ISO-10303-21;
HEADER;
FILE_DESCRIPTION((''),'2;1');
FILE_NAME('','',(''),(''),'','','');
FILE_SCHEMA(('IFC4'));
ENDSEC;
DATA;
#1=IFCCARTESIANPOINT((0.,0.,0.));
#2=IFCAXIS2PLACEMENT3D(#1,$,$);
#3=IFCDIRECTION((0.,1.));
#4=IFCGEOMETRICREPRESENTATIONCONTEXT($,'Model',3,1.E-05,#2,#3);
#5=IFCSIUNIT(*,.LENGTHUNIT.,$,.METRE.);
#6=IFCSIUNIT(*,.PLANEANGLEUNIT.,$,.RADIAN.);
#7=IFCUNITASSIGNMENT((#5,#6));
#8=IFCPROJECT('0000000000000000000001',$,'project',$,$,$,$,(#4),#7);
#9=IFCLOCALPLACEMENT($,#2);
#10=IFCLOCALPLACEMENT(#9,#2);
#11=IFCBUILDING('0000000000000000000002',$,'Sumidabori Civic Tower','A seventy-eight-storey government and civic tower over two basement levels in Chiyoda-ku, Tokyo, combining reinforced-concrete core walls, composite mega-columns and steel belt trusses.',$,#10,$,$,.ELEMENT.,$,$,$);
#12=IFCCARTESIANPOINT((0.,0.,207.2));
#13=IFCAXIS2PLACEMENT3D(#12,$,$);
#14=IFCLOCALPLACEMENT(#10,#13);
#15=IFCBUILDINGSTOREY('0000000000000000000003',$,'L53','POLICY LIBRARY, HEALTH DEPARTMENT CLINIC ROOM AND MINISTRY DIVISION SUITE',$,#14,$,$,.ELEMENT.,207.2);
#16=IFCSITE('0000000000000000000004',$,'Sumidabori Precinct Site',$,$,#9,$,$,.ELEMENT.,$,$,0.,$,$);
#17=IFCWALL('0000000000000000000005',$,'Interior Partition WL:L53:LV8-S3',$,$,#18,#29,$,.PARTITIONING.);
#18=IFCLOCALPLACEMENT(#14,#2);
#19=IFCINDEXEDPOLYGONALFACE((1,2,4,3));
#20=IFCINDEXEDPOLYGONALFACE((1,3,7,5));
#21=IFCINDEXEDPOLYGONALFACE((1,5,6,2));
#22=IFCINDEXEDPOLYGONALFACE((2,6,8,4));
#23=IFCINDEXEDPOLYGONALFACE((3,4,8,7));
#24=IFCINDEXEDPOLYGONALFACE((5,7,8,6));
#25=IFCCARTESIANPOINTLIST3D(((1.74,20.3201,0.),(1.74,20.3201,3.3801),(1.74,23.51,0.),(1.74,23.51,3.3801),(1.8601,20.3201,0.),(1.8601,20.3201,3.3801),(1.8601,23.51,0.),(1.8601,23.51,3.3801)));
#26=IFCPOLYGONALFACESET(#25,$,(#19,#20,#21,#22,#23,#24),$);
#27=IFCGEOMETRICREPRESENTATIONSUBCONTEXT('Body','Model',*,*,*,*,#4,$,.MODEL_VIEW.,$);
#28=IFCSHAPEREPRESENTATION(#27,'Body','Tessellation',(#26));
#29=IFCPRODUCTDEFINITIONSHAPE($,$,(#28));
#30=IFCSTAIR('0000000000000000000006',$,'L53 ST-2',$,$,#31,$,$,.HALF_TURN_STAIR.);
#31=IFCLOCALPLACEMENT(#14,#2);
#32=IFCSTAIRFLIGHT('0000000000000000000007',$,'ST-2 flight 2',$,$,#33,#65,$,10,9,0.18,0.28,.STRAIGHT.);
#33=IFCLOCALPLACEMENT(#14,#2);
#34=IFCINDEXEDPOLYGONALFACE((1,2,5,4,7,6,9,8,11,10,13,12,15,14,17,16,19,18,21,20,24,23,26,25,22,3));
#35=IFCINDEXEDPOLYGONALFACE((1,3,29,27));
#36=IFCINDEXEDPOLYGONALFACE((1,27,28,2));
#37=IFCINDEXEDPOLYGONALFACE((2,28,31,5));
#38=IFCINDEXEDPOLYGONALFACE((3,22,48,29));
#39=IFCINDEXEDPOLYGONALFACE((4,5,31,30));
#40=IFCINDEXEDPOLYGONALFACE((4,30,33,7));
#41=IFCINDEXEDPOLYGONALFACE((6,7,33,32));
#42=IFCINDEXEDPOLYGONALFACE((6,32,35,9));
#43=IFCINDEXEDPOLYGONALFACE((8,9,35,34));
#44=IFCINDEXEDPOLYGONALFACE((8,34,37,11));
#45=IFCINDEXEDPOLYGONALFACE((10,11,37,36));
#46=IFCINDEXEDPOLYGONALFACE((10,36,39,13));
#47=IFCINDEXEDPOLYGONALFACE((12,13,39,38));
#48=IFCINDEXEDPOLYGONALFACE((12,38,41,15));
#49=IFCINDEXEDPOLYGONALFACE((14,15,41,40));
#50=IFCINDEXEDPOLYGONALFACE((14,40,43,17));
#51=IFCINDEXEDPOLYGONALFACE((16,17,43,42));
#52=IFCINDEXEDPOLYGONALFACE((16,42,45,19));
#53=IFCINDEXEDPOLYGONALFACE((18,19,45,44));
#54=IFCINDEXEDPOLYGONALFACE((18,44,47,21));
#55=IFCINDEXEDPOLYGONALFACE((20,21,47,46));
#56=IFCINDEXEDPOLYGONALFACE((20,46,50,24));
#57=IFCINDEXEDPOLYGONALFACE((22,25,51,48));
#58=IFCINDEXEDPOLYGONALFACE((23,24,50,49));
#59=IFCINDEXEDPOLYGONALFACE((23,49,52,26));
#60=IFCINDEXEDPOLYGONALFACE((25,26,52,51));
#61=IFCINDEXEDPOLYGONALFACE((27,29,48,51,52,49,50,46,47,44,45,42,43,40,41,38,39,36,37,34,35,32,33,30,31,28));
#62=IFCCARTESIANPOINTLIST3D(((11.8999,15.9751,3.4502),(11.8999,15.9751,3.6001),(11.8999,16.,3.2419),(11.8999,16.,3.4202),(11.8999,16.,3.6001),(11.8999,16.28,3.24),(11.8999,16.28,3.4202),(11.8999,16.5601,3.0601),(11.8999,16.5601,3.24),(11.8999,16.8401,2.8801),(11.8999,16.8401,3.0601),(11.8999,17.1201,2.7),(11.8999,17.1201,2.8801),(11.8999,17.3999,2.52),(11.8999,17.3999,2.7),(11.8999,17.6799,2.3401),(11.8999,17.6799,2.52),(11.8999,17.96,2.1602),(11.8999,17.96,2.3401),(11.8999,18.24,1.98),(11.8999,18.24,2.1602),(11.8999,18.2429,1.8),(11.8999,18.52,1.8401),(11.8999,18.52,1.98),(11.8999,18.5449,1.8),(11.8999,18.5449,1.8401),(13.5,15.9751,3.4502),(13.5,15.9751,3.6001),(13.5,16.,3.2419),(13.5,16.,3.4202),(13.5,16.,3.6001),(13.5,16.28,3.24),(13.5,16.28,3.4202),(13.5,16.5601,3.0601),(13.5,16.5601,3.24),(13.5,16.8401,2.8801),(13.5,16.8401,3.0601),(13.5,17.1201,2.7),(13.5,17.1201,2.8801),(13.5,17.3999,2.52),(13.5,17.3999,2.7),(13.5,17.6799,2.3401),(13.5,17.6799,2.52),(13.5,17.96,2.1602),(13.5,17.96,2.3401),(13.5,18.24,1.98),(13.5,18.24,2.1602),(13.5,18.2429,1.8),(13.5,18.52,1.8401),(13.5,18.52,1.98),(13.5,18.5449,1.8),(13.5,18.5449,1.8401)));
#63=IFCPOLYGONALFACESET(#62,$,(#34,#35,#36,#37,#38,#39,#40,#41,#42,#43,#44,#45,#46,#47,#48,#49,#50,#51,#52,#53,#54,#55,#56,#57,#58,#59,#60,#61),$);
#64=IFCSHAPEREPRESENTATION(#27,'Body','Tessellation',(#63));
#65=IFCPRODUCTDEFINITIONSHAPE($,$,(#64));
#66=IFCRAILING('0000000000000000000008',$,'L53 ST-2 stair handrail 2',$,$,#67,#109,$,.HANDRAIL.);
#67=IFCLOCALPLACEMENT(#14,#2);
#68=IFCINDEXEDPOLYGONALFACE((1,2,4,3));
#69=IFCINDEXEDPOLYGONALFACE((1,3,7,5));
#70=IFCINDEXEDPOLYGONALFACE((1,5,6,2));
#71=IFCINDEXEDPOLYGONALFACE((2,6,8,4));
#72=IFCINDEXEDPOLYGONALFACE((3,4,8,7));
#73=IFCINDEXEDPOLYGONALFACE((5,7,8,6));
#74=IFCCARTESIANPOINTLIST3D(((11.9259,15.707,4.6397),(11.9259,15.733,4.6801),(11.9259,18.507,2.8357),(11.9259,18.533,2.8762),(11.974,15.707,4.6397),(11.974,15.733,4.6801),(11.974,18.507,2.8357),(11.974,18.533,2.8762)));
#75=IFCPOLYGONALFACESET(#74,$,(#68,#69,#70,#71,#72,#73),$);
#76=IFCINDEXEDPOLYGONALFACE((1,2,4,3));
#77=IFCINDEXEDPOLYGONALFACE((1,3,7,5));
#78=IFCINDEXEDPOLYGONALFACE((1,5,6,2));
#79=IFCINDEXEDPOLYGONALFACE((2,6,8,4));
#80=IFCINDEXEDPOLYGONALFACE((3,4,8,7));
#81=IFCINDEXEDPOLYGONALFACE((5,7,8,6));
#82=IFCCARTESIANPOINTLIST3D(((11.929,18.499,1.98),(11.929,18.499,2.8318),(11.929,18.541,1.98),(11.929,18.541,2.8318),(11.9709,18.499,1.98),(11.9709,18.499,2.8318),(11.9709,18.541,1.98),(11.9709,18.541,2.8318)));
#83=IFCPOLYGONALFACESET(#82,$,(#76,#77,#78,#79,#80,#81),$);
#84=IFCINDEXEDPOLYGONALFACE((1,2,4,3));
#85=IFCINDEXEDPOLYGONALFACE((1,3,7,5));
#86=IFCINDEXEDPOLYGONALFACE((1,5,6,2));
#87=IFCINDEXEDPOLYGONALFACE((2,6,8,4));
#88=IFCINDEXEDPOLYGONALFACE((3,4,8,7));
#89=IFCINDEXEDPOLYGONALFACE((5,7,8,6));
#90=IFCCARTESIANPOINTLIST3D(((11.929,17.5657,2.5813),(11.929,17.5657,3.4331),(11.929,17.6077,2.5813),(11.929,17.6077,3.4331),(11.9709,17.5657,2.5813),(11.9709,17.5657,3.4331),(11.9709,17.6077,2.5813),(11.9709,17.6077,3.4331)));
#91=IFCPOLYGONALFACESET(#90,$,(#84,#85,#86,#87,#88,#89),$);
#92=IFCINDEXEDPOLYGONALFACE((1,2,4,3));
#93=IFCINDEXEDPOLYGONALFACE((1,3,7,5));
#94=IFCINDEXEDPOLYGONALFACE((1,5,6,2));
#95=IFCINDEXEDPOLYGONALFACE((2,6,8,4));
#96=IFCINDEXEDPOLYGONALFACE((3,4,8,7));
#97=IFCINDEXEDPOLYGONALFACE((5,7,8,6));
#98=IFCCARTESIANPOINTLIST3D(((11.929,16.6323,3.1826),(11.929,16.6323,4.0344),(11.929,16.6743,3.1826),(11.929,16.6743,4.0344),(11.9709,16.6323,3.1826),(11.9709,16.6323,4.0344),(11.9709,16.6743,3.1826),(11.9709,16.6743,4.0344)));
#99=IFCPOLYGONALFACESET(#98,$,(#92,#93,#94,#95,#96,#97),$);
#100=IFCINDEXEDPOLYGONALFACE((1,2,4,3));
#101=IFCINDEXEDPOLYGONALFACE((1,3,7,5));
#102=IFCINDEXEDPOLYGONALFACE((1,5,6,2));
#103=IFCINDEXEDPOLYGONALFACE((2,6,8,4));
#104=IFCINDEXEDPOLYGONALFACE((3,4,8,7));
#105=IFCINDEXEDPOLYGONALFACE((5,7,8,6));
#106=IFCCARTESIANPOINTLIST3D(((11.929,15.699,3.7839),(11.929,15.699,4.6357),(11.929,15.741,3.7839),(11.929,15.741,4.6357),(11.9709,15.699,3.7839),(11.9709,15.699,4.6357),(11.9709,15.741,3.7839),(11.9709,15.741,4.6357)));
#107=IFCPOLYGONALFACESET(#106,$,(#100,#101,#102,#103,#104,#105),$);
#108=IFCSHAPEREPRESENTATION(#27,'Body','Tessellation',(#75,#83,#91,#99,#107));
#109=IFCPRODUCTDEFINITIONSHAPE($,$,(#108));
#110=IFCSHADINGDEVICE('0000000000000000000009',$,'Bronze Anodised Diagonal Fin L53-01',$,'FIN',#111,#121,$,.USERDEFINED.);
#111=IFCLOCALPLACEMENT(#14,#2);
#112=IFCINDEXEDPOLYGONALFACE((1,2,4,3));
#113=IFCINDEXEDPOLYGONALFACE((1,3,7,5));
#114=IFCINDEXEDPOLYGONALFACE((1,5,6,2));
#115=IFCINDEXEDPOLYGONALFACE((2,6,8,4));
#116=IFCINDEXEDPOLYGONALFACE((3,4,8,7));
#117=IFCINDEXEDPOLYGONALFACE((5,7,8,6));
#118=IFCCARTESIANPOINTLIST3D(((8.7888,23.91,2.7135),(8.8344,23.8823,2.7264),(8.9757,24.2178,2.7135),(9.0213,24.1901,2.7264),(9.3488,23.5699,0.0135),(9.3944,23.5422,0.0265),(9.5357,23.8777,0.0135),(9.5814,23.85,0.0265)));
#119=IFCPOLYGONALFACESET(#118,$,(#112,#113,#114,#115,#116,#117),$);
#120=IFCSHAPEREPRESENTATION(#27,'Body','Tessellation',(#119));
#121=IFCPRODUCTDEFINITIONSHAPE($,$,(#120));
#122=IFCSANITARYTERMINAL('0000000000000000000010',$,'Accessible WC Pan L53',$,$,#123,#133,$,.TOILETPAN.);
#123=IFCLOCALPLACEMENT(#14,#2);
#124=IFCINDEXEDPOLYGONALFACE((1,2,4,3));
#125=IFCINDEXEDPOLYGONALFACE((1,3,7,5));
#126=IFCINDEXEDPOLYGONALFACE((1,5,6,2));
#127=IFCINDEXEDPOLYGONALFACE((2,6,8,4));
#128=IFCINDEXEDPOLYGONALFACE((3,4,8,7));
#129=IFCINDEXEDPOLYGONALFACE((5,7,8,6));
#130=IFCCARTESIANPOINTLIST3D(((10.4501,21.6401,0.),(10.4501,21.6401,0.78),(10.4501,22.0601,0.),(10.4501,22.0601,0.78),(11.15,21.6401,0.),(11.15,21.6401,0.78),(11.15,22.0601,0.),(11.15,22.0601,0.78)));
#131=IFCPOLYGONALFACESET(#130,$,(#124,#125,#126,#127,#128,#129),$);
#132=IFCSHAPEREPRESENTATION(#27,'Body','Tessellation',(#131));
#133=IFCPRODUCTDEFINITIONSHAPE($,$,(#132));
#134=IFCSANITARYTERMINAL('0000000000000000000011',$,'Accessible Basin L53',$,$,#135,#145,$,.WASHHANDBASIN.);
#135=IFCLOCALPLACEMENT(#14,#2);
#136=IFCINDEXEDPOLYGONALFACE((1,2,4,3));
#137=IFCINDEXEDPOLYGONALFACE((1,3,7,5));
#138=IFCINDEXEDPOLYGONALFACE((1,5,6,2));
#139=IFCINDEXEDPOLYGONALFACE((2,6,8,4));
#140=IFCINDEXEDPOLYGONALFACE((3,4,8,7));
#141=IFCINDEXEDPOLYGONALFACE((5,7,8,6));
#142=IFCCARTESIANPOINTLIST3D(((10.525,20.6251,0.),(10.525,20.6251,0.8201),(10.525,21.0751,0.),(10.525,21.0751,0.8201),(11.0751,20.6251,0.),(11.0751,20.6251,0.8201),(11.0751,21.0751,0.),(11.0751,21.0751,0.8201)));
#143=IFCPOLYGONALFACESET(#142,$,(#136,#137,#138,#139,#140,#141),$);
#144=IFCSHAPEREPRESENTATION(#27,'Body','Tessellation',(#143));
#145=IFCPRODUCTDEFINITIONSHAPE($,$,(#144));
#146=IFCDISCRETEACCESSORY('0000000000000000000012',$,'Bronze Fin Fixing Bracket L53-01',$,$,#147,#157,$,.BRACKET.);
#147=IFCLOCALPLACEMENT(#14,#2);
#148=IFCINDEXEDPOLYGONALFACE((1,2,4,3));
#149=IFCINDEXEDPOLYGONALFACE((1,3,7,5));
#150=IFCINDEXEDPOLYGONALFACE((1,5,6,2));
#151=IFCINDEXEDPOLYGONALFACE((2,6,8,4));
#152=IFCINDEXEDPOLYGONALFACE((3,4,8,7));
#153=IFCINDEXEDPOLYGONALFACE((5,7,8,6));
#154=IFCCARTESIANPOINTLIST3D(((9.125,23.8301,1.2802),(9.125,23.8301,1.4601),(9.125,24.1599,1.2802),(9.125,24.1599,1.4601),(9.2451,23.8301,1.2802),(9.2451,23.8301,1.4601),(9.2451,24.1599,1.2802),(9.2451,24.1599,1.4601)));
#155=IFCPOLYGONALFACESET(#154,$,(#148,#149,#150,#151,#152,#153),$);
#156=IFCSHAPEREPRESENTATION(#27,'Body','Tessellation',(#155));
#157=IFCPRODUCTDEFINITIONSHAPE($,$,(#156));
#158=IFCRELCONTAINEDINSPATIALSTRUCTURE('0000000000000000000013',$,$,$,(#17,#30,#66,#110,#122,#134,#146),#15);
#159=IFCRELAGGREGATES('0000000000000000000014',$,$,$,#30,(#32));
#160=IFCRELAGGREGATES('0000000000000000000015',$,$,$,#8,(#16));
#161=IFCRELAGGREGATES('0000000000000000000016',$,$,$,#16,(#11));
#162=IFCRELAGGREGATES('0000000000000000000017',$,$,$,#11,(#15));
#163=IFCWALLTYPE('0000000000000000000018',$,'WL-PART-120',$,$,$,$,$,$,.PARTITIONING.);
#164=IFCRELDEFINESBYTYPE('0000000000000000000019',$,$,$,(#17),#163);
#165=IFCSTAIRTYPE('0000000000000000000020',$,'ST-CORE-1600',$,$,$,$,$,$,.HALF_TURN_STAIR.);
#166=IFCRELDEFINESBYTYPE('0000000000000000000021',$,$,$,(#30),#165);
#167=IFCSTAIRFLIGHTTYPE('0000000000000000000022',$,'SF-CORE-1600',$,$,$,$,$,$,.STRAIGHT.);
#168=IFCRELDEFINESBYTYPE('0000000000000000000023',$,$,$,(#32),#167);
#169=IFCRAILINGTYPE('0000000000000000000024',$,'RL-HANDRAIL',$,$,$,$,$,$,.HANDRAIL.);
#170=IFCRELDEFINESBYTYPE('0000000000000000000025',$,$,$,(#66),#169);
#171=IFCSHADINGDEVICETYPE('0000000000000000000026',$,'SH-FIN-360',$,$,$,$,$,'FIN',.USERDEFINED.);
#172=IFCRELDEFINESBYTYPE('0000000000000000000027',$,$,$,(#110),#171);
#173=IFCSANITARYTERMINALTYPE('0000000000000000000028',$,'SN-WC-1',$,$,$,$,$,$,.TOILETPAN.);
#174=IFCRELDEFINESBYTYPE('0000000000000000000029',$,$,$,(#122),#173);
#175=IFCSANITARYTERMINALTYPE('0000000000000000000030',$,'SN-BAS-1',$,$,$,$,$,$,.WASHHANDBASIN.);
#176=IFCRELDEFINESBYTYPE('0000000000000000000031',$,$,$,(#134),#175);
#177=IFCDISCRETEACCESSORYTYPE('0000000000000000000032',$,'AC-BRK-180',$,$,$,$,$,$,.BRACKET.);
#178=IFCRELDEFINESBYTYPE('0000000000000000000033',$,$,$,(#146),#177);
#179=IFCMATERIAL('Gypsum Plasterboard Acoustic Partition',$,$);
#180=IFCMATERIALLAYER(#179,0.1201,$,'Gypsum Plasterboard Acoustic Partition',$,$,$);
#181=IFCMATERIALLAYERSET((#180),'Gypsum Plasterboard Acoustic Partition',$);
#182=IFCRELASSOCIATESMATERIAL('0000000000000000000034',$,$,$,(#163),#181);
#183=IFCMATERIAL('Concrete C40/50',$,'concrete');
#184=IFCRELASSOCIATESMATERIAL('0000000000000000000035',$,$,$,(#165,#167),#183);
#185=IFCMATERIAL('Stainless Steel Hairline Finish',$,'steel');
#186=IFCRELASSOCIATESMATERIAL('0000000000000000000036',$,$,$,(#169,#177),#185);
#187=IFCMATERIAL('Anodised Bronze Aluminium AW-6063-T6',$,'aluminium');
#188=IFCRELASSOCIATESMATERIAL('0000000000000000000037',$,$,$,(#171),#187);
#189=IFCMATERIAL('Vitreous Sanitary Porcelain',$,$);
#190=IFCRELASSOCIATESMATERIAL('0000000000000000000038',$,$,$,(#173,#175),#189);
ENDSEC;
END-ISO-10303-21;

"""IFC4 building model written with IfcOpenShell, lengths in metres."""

from ifc_helpers import new_model, si_unit, direction, frame, frame_2d, origin, origin_2d, place, context, subcontext, project, spatial, polyline, rectangle, outline, extrude, source, transform, mapped, material, layer, layer_set, material_profile, profile_set, type_object, element, aggregate, save


model = new_model("IFC4")

# Units and contexts
model_context = context("Model", 3, precision=1e-05, world=origin(), true_north=direction((0.0, 1.0)))
body_context = subcontext(model_context, "Body", "Model", "MODEL_VIEW")
ifc_project = project(units=[si_unit("LENGTHUNIT", "METRE"), si_unit("PLANEANGLEUNIT", "RADIAN")], contexts=[model_context])

# Site, building, storey
site_placement = place(None, origin())
site = spatial("IfcSite", under=ifc_project, at=site_placement, Name="Sumidabori Precinct Site", CompositionType="ELEMENT", RefElevation=0.0)
building_placement = place(site_placement, origin())
building = spatial("IfcBuilding", under=site, at=building_placement, Name="Sumidabori Civic Tower", Description="A seventy-eight-storey government and civic tower over two basement levels in Chiyoda-ku, Tokyo, combining reinforced-concrete core walls, composite mega-columns and steel belt trusses.", CompositionType="ELEMENT")
storey_placement = place(building_placement, frame((0.0, 0.0, 207.2)))
storey = spatial("IfcBuildingStorey", under=building, at=storey_placement, Name="L53", Description="POLICY LIBRARY, HEALTH DEPARTMENT CLINIC ROOM AND MINISTRY DIVISION SUITE", CompositionType="ELEMENT", Elevation=207.2)

# Shared definitions
ifc_material_1 = material(Name="Anodised Bronze Aluminium AW-6063-T6", Category="aluminium")

# Wall
ifc_material_2 = material(Name="Gypsum Plasterboard Acoustic Partition")
ifc_layer_1 = layer(ifc_material_2, 0.1201, Name="Gypsum Plasterboard Acoustic Partition")
ifc_layer_set_1 = layer_set([ifc_layer_1], Name="Gypsum Plasterboard Acoustic Partition")
wall_type_1 = type_object("IfcWallType", Name="WL-PART-120", PredefinedType="PARTITIONING", material=ifc_layer_set_1)
shared_shape_1 = source(origin(), body_context, "Body", "SweptSolid", [
    extrude(rectangle(XDim=3.1899, YDim=0.1201, at=frame_2d((1.595, 0.0))), origin(), (0.0, 0.0, 1.0), 3.3801),
])
wall_1_placement = place(storey_placement, frame((1.8, 20.3201, 0.0), z_axis=(0.0, 0.0, 1.0), x_axis=(0.0, 1.0, 0.0)))
element("IfcWall", 1, at=wall_1_placement, inside=storey, type_object=wall_type_1, Name="Interior Partition WL:L53:LV8-S3", PredefinedType="PARTITIONING", context=body_context, shape_type="MappedRepresentation", body=[
    mapped(shared_shape_1, transform((0.0, 0.0, 0.0), x_axis=(1.0, 0.0, 0.0), y_axis=(0.0, 1.0, 0.0), z_axis=(0.0, 0.0, 1.0), scale=1.0)),
])

# Stair, stair flight
ifc_material_3 = material(Name="Concrete C40/50", Category="concrete")
stair_type = type_object("IfcStairType", Name="ST-CORE-1600", PredefinedType="HALF_TURN_STAIR", material=ifc_material_3)
stair_placement = place(storey_placement, origin())
stair = element("IfcStair", 2, at=stair_placement, inside=storey, type_object=stair_type, Name="L53 ST-2", PredefinedType="HALF_TURN_STAIR")
stair_flight_type = type_object("IfcStairFlightType", Name="SF-CORE-1600", PredefinedType="STRAIGHT", material=ifc_material_3)
shared_shape_2 = source(origin(), body_context, "Body", "SweptSolid", [
    extrude(outline(polyline([(-0.0249, 0.0), (-0.0249, 0.04), (0.0, 0.04), (0.0, 0.1799), (0.28, 0.1799), (0.28, 0.3601), (0.5601, 0.3601), (0.5601, 0.54), (0.8401, 0.54), (0.8401, 0.72), (1.1201, 0.72), (1.1201, 0.8999), (1.3999, 0.8999), (1.3999, 1.0801), (1.6799, 1.0801), (1.6799, 1.26), (1.96, 1.26), (1.96, 1.4399), (2.24, 1.4399), (2.24, 1.6201), (2.52, 1.6201), (2.52, 1.8), (2.5449, 1.8), (2.5449, 1.6501), (2.52, 1.4419), (0.2771, 0.0), (-0.0249, 0.0)])), frame((0.0, 0.8, 0.0), z_axis=(0.0, -1.0, 0.0), x_axis=(1.0, 0.0, 0.0)), (0.0, 0.0, 1.0), 1.6001),
])
stair_flight_placement = place(storey_placement, frame((12.7, 18.52, 1.8), z_axis=(0.0, 0.0, 1.0), x_axis=(0.0, -1.0, 0.0)))
stair_flight = element("IfcStairFlight", 3, at=stair_flight_placement, type_object=stair_flight_type, Name="ST-2 flight 2", NumberOfRisers=10, NumberOfTreads=9, PredefinedType="STRAIGHT", RiserHeight=0.18, TreadLength=0.28, context=body_context, shape_type="MappedRepresentation", body=[
    mapped(shared_shape_2, transform((0.0, 0.0, 0.0), x_axis=(1.0, 0.0, 0.0), y_axis=(0.0, 1.0, 0.0), z_axis=(0.0, 0.0, 1.0), scale=1.0)),
])
aggregate(stair, [stair_flight])

# Railing
ifc_material_4 = material(Name="Stainless Steel Hairline Finish", Category="steel")
railing_type = type_object("IfcRailingType", Name="RL-HANDRAIL", PredefinedType="HANDRAIL", material=ifc_material_4)
railing_placement = place(storey_placement, frame((11.95, 18.52, 1.98)))
element("IfcRailing", 4, at=railing_placement, inside=storey, type_object=railing_type, Name="L53 ST-2 stair handrail 2", PredefinedType="HANDRAIL", context=body_context, shape_type="SweptSolid", body=[
    extrude(rectangle(XDim=0.0481, YDim=0.0481, at=origin_2d()), frame((0.0, 0.0, 0.876), z_axis=(0.0, -0.840642, 0.541591), x_axis=(1.0, 0.0, 0.0)), (0.0, 0.0, 1.0), 3.3308),
    extrude(rectangle(XDim=0.042, YDim=0.042, at=origin_2d()), origin(), (0.0, 0.0, 1.0), 0.8518),
    extrude(rectangle(XDim=0.042, YDim=0.042, at=origin_2d()), frame((0.0, -0.9333, 0.6013)), (0.0, 0.0, 1.0), 0.8518),
    extrude(rectangle(XDim=0.042, YDim=0.042, at=origin_2d()), frame((0.0, -1.8667, 1.2026)), (0.0, 0.0, 1.0), 0.8518),
    extrude(rectangle(XDim=0.042, YDim=0.042, at=origin_2d()), frame((0.0, -2.8, 1.804)), (0.0, 0.0, 1.0), 0.8518),
])

# Shading device
ifc_material_profile_1 = material_profile(ifc_material_1, rectangle(XDim=0.0549, YDim=0.3601, at=origin_2d()), Name="BRONZE FIN 360x55")
ifc_profile_set_1 = profile_set([ifc_material_profile_1], Name="Anodised Bronze Aluminium AW-6063-T6")
shading_device_type = type_object("IfcShadingDeviceType", Name="SH-FIN-360", ElementType="FIN", PredefinedType="USERDEFINED", material=ifc_profile_set_1)
shared_shape_3 = source(origin(), body_context, "Body", "SweptSolid", [
    extrude(rectangle(XDim=0.0549, YDim=0.3601, at=origin_2d()), origin(), (0.0, 0.0, 1.0), 2.7783),
])
shading_device_placement = place(storey_placement, frame((9.4651, 23.71, 0.02), z_axis=(-0.201582, 0.122408, 0.971793), x_axis=(0.830642, -0.504396, 0.235837)))
element("IfcShadingDevice", 5, at=shading_device_placement, inside=storey, type_object=shading_device_type, Name="Bronze Anodised Diagonal Fin L53-01", ObjectType="FIN", PredefinedType="USERDEFINED", context=body_context, shape_type="MappedRepresentation", body=[
    mapped(shared_shape_3, transform((0.0, 0.0, 0.0), x_axis=(1.0, 0.0, 0.0), y_axis=(0.0, 1.0, 0.0), z_axis=(0.0, 0.0, 1.0), scale=1.0)),
])

# Sanitary terminals
ifc_material_5 = material(Name="Vitreous Sanitary Porcelain")
sanitary_terminal_type_1 = type_object("IfcSanitaryTerminalType", Name="SN-WC-1", PredefinedType="TOILETPAN", material=ifc_material_5)
shared_shape_4 = source(origin(), body_context, "Body", "SweptSolid", [
    extrude(rectangle(XDim=0.7, YDim=0.4199, at=origin_2d()), origin(), (0.0, 0.0, 1.0), 0.78),
])
sanitary_terminal_1_placement = place(storey_placement, frame((10.8, 21.8501, 0.0), z_axis=(0.0, 0.0, 1.0), x_axis=(1.0, 0.0, 0.0)))
element("IfcSanitaryTerminal", 6, at=sanitary_terminal_1_placement, inside=storey, type_object=sanitary_terminal_type_1, Name="Accessible WC Pan L53", PredefinedType="TOILETPAN", context=body_context, shape_type="MappedRepresentation", body=[
    mapped(shared_shape_4, transform((0.0, 0.0, 0.0), x_axis=(1.0, 0.0, 0.0), y_axis=(0.0, 1.0, 0.0), z_axis=(0.0, 0.0, 1.0), scale=1.0)),
])
sanitary_terminal_type_2 = type_object("IfcSanitaryTerminalType", Name="SN-BAS-1", PredefinedType="WASHHANDBASIN", material=ifc_material_5)
shared_shape_5 = source(origin(), body_context, "Body", "SweptSolid", [
    extrude(rectangle(XDim=0.55, YDim=0.45, at=origin_2d()), origin(), (0.0, 0.0, 1.0), 0.8201),
])
sanitary_terminal_2_placement = place(storey_placement, frame((10.8, 20.8501, 0.0), z_axis=(0.0, 0.0, 1.0), x_axis=(1.0, 0.0, 0.0)))
element("IfcSanitaryTerminal", 7, at=sanitary_terminal_2_placement, inside=storey, type_object=sanitary_terminal_type_2, Name="Accessible Basin L53", PredefinedType="WASHHANDBASIN", context=body_context, shape_type="MappedRepresentation", body=[
    mapped(shared_shape_5, transform((0.0, 0.0, 0.0), x_axis=(1.0, 0.0, 0.0), y_axis=(0.0, 1.0, 0.0), z_axis=(0.0, 0.0, 1.0), scale=1.0)),
])

# Discrete accessory
ifc_material_profile_2 = material_profile(ifc_material_4, rectangle(XDim=0.1201, YDim=0.1799, at=origin_2d()), Name="STEEL BRACKET 180x120")
ifc_profile_set_2 = profile_set([ifc_material_profile_2], Name="Stainless Steel Hairline Finish")
discrete_accessory_type = type_object("IfcDiscreteAccessoryType", Name="AC-BRK-180", PredefinedType="BRACKET", material=ifc_profile_set_2)
shared_shape_6 = source(origin(), body_context, "Body", "SweptSolid", [
    extrude(rectangle(XDim=0.1201, YDim=0.1799, at=origin_2d()), origin(), (0.0, 0.0, 1.0), 0.3298),
])
discrete_accessory_placement = place(storey_placement, frame((9.1851, 23.8301, 1.3701), z_axis=(0.0, 1.0, 0.0), x_axis=(-1.0, 0.0, 0.0)))
element("IfcDiscreteAccessory", 8, at=discrete_accessory_placement, inside=storey, type_object=discrete_accessory_type, Name="Bronze Fin Fixing Bracket L53-01", PredefinedType="BRACKET", context=body_context, shape_type="MappedRepresentation", body=[
    mapped(shared_shape_6, transform((0.0, 0.0, 0.0), x_axis=(1.0, 0.0, 0.0), y_axis=(0.0, 1.0, 0.0), z_axis=(0.0, 0.0, 1.0), scale=1.0)),
])

save(model, "model.ifc")
